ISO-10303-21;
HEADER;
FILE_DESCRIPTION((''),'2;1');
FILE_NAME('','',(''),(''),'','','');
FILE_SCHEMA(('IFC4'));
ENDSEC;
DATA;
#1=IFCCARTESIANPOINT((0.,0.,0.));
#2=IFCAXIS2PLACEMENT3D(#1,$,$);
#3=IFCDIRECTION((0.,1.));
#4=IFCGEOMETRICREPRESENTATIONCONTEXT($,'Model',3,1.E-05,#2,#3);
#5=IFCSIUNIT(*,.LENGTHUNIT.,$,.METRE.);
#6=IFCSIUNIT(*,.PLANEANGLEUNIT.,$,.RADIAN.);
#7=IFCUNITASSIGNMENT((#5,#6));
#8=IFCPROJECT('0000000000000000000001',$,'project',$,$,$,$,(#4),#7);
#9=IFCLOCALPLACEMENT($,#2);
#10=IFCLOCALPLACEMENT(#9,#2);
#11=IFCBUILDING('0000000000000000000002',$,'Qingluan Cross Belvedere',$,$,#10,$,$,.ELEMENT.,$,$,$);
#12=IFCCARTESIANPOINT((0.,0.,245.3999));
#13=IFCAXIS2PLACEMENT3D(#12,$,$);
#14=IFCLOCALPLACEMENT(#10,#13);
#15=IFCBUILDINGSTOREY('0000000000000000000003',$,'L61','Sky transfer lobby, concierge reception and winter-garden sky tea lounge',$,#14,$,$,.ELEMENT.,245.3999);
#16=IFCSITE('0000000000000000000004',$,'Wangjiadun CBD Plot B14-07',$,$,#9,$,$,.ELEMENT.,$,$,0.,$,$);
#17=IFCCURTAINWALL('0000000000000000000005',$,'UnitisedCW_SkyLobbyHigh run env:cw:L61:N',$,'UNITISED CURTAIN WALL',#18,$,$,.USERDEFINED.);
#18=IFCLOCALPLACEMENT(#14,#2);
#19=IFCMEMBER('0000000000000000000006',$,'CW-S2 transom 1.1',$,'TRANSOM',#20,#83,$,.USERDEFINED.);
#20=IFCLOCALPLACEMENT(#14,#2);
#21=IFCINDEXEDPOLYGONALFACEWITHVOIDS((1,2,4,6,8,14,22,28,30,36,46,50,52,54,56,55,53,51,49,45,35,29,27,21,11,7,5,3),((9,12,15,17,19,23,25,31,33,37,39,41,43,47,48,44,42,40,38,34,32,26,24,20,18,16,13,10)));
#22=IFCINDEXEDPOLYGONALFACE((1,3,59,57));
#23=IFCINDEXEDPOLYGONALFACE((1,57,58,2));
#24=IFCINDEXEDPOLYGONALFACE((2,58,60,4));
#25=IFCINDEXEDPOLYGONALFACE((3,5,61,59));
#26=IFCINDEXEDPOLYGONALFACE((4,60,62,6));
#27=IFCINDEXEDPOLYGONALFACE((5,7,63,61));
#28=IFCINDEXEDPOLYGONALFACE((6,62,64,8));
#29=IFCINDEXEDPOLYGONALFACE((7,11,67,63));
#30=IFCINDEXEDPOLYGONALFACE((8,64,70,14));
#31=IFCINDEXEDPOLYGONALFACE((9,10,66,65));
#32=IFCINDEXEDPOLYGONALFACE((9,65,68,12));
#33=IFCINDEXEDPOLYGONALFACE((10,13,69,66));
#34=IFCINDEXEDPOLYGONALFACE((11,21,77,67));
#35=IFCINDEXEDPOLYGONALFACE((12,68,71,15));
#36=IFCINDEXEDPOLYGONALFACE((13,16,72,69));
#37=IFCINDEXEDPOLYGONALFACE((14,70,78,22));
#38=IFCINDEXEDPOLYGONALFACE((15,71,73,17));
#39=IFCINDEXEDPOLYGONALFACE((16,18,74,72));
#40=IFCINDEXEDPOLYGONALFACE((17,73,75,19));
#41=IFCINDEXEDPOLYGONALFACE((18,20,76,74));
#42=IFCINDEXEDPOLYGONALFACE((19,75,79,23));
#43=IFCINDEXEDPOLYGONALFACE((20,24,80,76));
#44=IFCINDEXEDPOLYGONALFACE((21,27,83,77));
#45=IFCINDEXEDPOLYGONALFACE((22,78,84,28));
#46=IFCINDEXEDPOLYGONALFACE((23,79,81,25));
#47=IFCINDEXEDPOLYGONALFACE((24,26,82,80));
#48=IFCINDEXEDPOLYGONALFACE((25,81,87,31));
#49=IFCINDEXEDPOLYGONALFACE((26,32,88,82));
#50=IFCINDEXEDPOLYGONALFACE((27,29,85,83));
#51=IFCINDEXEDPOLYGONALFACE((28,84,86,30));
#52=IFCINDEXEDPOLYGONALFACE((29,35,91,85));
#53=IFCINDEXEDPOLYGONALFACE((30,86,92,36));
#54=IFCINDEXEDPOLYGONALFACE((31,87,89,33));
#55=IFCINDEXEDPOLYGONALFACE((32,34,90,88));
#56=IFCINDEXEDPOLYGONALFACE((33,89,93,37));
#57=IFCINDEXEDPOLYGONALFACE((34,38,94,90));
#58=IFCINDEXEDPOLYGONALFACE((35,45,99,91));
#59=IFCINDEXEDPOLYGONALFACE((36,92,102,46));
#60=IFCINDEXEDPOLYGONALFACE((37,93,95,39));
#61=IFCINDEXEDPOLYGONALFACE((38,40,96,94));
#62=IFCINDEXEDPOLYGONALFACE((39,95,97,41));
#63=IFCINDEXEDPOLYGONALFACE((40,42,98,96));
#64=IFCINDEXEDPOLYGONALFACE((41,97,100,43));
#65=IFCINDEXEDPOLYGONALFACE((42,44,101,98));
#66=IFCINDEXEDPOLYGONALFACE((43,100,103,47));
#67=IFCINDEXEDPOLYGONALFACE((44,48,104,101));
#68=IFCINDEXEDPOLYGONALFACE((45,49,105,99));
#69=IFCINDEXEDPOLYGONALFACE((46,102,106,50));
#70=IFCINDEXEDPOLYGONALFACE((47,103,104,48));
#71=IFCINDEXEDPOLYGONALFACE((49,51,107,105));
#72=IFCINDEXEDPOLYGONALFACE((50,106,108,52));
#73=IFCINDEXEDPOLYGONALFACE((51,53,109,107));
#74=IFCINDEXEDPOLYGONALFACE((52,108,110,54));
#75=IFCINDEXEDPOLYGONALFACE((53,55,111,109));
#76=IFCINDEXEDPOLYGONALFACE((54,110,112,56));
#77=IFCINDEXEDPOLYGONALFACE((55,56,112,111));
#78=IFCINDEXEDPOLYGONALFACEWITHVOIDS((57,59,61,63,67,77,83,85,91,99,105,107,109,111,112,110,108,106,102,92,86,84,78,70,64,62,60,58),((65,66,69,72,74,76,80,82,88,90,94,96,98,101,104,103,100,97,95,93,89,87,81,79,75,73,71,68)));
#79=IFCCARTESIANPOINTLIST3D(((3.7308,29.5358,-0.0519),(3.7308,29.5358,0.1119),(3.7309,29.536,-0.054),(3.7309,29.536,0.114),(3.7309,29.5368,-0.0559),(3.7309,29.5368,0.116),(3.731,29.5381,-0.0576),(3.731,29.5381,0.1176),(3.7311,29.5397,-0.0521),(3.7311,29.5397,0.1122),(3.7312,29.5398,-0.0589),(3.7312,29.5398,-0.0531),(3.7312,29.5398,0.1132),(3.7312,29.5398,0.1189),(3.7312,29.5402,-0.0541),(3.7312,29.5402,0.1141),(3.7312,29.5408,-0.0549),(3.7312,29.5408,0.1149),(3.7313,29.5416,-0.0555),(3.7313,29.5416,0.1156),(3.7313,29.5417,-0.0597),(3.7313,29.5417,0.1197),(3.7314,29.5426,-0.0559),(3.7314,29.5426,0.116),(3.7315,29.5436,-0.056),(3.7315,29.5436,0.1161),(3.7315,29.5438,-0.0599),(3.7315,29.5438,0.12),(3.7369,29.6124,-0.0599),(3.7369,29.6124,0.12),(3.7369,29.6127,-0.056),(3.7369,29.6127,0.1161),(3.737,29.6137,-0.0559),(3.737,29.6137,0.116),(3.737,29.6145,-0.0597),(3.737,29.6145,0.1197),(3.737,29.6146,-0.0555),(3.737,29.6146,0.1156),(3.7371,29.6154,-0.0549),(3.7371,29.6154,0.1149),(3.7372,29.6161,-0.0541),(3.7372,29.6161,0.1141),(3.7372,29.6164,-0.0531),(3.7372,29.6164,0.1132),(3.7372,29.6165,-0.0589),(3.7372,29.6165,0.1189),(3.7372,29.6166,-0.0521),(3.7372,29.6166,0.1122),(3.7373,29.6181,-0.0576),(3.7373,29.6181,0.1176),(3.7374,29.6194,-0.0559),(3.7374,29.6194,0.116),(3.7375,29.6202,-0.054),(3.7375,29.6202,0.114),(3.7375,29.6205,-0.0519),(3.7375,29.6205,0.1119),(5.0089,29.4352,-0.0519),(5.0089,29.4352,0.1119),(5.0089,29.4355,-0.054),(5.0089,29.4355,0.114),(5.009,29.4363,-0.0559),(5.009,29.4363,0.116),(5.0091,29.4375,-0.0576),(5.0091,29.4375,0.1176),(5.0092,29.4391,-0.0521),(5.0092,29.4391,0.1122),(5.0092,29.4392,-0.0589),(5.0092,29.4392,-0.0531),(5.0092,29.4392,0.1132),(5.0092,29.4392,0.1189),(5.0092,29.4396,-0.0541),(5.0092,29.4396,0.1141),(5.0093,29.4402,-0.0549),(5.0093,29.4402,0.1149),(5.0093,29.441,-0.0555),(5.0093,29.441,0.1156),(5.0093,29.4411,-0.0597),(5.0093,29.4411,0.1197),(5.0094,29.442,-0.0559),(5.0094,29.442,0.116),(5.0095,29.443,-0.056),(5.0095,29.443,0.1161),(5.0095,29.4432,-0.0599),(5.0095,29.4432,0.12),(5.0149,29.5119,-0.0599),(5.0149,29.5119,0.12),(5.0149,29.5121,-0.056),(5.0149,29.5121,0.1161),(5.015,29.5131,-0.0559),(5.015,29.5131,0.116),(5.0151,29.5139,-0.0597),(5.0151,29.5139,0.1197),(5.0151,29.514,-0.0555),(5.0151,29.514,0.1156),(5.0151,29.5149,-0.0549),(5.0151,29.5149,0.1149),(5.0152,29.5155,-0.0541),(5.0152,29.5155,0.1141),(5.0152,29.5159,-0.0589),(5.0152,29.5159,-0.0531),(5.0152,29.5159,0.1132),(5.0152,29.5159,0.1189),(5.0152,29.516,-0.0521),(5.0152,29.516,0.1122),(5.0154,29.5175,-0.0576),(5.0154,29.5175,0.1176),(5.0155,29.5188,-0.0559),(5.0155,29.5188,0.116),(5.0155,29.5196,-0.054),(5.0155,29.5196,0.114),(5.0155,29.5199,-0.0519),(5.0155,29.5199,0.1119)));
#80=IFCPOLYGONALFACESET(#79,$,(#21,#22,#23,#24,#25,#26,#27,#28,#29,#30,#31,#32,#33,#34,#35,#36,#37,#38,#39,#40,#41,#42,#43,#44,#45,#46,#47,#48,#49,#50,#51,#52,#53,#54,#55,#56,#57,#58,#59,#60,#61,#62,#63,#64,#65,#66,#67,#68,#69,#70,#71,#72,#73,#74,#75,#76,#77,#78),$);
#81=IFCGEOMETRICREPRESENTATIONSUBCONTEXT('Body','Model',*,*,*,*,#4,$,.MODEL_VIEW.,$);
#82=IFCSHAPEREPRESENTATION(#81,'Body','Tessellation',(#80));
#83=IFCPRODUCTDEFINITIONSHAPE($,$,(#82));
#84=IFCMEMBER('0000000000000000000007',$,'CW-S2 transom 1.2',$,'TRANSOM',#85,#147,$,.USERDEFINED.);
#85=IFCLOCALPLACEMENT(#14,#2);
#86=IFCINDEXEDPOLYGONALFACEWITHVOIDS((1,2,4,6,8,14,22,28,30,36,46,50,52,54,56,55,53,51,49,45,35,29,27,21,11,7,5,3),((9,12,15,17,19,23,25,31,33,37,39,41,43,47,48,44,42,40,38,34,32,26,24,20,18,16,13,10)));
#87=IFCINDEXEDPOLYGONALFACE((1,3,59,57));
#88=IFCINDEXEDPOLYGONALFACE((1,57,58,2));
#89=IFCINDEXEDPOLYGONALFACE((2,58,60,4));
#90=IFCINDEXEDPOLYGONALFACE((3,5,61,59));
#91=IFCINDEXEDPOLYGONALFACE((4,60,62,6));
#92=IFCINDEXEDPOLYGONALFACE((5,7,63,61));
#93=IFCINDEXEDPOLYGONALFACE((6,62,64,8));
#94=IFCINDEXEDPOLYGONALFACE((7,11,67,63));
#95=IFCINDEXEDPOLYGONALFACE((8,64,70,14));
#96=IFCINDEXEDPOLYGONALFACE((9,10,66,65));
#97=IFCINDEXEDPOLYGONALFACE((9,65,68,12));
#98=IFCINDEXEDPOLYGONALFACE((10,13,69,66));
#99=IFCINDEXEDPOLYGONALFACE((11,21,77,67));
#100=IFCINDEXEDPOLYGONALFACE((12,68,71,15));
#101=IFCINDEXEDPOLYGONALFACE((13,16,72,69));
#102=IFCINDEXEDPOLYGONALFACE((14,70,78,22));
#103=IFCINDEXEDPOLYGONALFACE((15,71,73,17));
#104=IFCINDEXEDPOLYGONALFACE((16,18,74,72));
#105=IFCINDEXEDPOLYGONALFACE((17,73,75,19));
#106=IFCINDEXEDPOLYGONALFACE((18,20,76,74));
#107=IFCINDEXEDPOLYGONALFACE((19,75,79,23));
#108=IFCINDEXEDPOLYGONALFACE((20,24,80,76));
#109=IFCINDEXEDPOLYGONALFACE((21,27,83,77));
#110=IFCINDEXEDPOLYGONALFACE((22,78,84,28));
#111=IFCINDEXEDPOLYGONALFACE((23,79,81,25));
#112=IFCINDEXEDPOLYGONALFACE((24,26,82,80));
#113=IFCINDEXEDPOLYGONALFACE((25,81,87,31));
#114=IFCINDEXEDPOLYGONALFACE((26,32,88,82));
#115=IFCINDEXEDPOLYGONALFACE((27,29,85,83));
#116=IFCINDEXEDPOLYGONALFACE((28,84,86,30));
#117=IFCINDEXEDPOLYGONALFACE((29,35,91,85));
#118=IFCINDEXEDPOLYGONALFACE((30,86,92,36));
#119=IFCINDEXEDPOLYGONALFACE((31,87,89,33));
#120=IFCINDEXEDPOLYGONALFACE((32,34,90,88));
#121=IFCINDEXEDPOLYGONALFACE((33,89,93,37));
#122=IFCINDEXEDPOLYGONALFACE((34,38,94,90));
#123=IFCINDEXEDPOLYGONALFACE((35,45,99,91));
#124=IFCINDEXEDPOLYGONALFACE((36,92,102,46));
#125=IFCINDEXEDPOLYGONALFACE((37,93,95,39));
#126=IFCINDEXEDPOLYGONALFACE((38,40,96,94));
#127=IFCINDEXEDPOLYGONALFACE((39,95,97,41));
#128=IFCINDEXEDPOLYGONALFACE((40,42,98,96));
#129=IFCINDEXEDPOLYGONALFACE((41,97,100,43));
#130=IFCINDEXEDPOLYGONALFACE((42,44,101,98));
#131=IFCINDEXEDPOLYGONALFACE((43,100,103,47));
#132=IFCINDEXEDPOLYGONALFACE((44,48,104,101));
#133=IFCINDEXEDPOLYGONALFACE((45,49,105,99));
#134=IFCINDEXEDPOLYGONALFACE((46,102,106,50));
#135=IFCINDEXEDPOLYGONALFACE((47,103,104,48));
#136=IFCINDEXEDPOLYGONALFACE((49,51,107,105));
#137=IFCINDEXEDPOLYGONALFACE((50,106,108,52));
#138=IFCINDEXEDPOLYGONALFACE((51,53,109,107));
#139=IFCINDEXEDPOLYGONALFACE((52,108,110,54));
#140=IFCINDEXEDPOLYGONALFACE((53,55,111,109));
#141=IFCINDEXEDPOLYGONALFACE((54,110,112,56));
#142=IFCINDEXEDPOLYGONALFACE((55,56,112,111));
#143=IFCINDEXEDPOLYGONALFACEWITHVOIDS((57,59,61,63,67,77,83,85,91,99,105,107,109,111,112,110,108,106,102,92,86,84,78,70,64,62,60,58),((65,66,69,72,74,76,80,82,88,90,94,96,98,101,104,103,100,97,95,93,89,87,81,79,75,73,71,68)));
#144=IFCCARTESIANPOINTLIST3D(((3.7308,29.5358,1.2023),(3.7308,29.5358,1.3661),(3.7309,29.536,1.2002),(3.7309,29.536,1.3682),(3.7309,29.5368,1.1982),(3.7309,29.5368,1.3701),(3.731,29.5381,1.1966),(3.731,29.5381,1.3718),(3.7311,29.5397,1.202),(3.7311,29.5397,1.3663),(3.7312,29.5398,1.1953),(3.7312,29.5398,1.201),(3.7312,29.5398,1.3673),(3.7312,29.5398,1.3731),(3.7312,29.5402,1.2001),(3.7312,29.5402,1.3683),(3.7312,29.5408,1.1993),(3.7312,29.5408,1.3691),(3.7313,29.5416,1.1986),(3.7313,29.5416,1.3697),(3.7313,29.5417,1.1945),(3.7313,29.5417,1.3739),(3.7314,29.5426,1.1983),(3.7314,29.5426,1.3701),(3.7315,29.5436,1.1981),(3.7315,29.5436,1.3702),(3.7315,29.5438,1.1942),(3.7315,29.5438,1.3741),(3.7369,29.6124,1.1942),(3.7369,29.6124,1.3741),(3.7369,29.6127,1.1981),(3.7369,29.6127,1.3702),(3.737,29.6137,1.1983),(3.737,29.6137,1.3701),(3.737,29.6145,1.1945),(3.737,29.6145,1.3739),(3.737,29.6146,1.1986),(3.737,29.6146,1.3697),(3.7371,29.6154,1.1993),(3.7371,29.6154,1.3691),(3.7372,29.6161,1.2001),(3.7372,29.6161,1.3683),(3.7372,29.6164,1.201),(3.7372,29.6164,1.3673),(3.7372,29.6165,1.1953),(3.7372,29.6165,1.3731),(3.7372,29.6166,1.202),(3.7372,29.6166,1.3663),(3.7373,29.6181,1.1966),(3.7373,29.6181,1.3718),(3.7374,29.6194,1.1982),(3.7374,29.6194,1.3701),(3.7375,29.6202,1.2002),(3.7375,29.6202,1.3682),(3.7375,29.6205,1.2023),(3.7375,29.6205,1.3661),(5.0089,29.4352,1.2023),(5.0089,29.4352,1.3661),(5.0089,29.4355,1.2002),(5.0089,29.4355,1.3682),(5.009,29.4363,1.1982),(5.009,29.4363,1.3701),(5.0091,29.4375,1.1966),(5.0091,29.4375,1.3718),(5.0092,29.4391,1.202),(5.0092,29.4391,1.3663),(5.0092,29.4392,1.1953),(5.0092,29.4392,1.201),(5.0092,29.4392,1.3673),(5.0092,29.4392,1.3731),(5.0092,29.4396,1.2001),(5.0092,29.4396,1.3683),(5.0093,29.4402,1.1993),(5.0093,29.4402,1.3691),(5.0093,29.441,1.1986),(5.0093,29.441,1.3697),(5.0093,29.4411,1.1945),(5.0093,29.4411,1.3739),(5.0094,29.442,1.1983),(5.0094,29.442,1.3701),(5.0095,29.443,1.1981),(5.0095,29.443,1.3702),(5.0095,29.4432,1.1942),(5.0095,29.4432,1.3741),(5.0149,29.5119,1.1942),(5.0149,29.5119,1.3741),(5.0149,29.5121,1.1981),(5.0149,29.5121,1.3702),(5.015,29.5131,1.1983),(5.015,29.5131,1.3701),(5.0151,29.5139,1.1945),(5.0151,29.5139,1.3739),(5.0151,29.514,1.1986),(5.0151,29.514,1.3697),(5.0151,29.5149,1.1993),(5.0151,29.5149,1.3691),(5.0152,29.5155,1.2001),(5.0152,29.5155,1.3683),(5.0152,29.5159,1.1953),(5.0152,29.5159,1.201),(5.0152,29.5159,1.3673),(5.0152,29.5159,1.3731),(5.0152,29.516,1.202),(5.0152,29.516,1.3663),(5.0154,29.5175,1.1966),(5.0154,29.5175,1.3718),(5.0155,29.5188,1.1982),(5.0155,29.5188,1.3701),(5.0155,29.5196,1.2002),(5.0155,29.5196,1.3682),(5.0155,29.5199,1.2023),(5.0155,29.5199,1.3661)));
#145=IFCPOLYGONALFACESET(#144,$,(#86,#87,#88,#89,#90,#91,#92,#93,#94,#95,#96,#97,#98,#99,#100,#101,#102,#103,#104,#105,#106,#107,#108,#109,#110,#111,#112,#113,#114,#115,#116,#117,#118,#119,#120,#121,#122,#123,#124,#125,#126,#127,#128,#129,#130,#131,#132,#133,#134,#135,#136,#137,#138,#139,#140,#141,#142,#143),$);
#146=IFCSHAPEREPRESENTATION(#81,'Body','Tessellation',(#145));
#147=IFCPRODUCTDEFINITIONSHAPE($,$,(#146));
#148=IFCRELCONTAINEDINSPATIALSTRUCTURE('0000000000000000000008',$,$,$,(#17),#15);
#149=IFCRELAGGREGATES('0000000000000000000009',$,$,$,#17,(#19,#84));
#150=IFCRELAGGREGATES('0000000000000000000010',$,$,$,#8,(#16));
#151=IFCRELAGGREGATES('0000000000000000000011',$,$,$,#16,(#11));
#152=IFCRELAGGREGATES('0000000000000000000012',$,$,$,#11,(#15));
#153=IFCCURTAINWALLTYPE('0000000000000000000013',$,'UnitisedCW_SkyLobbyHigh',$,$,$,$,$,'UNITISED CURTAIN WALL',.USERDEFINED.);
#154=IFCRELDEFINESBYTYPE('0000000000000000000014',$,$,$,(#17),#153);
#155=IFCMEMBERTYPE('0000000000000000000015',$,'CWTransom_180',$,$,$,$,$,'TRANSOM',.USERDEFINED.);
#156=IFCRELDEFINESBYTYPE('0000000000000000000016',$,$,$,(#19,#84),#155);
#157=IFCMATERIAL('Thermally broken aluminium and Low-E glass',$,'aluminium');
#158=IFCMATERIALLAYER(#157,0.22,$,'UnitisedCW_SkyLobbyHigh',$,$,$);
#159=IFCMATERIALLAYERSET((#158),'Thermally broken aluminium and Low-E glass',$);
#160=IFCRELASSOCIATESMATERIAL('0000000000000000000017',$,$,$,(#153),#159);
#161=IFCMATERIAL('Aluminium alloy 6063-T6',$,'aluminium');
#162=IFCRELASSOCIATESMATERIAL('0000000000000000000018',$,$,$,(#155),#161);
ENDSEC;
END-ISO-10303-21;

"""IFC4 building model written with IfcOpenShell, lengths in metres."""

from ifc_helpers import new_model, si_unit, direction, frame, origin, origin_2d, place, context, subcontext, project, spatial, hollow_rectangle, extrude, material, layer, layer_set, material_profile, profile_set, type_object, element, aggregate, save


model = new_model("IFC4")

# Units and contexts
model_context = context("Model", 3, precision=1e-05, world=origin(), true_north=direction((0.0, 1.0)))
body_context = subcontext(model_context, "Body", "Model", "MODEL_VIEW")
ifc_project = project(units=[si_unit("LENGTHUNIT", "METRE"), si_unit("PLANEANGLEUNIT", "RADIAN")], contexts=[model_context])

# Site, building, storey
site_placement = place(None, origin())
site = spatial("IfcSite", under=ifc_project, at=site_placement, Name="Wangjiadun CBD Plot B14-07", CompositionType="ELEMENT", RefElevation=0.0)
building_placement = place(site_placement, origin())
building = spatial("IfcBuilding", under=site, at=building_placement, Name="Qingluan Cross Belvedere", CompositionType="ELEMENT")
storey_placement = place(building_placement, frame((0.0, 0.0, 245.3999)))
storey = spatial("IfcBuildingStorey", under=building, at=storey_placement, Name="L61", Description="Sky transfer lobby, concierge reception and winter-garden sky tea lounge", CompositionType="ELEMENT", Elevation=245.3999)

# Curtain wall, members
ifc_material_1 = material(Name="Thermally broken aluminium and Low-E glass", Category="aluminium")
ifc_layer_1 = layer(ifc_material_1, 0.22, Name="UnitisedCW_SkyLobbyHigh")
ifc_layer_set_1 = layer_set([ifc_layer_1], Name="Thermally broken aluminium and Low-E glass")
curtain_wall_type = type_object("IfcCurtainWallType", Name="UnitisedCW_SkyLobbyHigh", ElementType="UNITISED CURTAIN WALL", PredefinedType="USERDEFINED", material=ifc_layer_set_1)
curtain_wall_placement = place(storey_placement, origin())
curtain_wall = element("IfcCurtainWall", 1, at=curtain_wall_placement, inside=storey, type_object=curtain_wall_type, Name="UnitisedCW_SkyLobbyHigh run env:cw:L61:N", ObjectType="UNITISED CURTAIN WALL", PredefinedType="USERDEFINED")
ifc_material_2 = material(Name="Aluminium alloy 6063-T6", Category="aluminium")
ifc_material_profile_1 = material_profile(ifc_material_2, hollow_rectangle(XDim=0.085, YDim=0.1799, WallThickness=0.0039, InnerFilletRadius=0.0039, OuterFilletRadius=0.0081, at=origin_2d()), Name="CWT180x85x4")
ifc_profile_set_1 = profile_set([ifc_material_profile_1], Name="Aluminium alloy 6063-T6")
member_type_1 = type_object("IfcMemberType", Name="CWTransom_180", ElementType="TRANSOM", PredefinedType="USERDEFINED", material=ifc_profile_set_1)
member_1_placement = place(storey_placement, frame((5.0122, 29.4775, 0.03), z_axis=(-0.996917, 0.078458, 0.0), x_axis=(-0.078458, -0.996917, 0.0)))
member_1 = element("IfcMember", 2, at=member_1_placement, type_object=member_type_1, Name="CW-S2 transom 1.1", ObjectType="TRANSOM", PredefinedType="USERDEFINED", context=body_context, shape_type="SweptSolid", body=[
    extrude(hollow_rectangle(XDim=0.085, YDim=0.1799, WallThickness=0.0039, InnerFilletRadius=0.0039, OuterFilletRadius=0.0081, at=origin_2d()), origin(), (0.0, 0.0, 1.0), 1.282),
])
member_2_placement = place(storey_placement, frame((5.0122, 29.4775, 1.2842), z_axis=(-0.996917, 0.078458, 0.0), x_axis=(-0.078458, -0.996917, 0.0)))
member_2 = element("IfcMember", 3, at=member_2_placement, type_object=member_type_1, Name="CW-S2 transom 1.2", ObjectType="TRANSOM", PredefinedType="USERDEFINED", context=body_context, shape_type="SweptSolid", body=[
    extrude(hollow_rectangle(XDim=0.085, YDim=0.1799, WallThickness=0.0039, InnerFilletRadius=0.0039, OuterFilletRadius=0.0081, at=origin_2d()), origin(), (0.0, 0.0, 1.0), 1.282),
])

aggregate(curtain_wall, [member_1, member_2])

save(model, "model.ifc")
